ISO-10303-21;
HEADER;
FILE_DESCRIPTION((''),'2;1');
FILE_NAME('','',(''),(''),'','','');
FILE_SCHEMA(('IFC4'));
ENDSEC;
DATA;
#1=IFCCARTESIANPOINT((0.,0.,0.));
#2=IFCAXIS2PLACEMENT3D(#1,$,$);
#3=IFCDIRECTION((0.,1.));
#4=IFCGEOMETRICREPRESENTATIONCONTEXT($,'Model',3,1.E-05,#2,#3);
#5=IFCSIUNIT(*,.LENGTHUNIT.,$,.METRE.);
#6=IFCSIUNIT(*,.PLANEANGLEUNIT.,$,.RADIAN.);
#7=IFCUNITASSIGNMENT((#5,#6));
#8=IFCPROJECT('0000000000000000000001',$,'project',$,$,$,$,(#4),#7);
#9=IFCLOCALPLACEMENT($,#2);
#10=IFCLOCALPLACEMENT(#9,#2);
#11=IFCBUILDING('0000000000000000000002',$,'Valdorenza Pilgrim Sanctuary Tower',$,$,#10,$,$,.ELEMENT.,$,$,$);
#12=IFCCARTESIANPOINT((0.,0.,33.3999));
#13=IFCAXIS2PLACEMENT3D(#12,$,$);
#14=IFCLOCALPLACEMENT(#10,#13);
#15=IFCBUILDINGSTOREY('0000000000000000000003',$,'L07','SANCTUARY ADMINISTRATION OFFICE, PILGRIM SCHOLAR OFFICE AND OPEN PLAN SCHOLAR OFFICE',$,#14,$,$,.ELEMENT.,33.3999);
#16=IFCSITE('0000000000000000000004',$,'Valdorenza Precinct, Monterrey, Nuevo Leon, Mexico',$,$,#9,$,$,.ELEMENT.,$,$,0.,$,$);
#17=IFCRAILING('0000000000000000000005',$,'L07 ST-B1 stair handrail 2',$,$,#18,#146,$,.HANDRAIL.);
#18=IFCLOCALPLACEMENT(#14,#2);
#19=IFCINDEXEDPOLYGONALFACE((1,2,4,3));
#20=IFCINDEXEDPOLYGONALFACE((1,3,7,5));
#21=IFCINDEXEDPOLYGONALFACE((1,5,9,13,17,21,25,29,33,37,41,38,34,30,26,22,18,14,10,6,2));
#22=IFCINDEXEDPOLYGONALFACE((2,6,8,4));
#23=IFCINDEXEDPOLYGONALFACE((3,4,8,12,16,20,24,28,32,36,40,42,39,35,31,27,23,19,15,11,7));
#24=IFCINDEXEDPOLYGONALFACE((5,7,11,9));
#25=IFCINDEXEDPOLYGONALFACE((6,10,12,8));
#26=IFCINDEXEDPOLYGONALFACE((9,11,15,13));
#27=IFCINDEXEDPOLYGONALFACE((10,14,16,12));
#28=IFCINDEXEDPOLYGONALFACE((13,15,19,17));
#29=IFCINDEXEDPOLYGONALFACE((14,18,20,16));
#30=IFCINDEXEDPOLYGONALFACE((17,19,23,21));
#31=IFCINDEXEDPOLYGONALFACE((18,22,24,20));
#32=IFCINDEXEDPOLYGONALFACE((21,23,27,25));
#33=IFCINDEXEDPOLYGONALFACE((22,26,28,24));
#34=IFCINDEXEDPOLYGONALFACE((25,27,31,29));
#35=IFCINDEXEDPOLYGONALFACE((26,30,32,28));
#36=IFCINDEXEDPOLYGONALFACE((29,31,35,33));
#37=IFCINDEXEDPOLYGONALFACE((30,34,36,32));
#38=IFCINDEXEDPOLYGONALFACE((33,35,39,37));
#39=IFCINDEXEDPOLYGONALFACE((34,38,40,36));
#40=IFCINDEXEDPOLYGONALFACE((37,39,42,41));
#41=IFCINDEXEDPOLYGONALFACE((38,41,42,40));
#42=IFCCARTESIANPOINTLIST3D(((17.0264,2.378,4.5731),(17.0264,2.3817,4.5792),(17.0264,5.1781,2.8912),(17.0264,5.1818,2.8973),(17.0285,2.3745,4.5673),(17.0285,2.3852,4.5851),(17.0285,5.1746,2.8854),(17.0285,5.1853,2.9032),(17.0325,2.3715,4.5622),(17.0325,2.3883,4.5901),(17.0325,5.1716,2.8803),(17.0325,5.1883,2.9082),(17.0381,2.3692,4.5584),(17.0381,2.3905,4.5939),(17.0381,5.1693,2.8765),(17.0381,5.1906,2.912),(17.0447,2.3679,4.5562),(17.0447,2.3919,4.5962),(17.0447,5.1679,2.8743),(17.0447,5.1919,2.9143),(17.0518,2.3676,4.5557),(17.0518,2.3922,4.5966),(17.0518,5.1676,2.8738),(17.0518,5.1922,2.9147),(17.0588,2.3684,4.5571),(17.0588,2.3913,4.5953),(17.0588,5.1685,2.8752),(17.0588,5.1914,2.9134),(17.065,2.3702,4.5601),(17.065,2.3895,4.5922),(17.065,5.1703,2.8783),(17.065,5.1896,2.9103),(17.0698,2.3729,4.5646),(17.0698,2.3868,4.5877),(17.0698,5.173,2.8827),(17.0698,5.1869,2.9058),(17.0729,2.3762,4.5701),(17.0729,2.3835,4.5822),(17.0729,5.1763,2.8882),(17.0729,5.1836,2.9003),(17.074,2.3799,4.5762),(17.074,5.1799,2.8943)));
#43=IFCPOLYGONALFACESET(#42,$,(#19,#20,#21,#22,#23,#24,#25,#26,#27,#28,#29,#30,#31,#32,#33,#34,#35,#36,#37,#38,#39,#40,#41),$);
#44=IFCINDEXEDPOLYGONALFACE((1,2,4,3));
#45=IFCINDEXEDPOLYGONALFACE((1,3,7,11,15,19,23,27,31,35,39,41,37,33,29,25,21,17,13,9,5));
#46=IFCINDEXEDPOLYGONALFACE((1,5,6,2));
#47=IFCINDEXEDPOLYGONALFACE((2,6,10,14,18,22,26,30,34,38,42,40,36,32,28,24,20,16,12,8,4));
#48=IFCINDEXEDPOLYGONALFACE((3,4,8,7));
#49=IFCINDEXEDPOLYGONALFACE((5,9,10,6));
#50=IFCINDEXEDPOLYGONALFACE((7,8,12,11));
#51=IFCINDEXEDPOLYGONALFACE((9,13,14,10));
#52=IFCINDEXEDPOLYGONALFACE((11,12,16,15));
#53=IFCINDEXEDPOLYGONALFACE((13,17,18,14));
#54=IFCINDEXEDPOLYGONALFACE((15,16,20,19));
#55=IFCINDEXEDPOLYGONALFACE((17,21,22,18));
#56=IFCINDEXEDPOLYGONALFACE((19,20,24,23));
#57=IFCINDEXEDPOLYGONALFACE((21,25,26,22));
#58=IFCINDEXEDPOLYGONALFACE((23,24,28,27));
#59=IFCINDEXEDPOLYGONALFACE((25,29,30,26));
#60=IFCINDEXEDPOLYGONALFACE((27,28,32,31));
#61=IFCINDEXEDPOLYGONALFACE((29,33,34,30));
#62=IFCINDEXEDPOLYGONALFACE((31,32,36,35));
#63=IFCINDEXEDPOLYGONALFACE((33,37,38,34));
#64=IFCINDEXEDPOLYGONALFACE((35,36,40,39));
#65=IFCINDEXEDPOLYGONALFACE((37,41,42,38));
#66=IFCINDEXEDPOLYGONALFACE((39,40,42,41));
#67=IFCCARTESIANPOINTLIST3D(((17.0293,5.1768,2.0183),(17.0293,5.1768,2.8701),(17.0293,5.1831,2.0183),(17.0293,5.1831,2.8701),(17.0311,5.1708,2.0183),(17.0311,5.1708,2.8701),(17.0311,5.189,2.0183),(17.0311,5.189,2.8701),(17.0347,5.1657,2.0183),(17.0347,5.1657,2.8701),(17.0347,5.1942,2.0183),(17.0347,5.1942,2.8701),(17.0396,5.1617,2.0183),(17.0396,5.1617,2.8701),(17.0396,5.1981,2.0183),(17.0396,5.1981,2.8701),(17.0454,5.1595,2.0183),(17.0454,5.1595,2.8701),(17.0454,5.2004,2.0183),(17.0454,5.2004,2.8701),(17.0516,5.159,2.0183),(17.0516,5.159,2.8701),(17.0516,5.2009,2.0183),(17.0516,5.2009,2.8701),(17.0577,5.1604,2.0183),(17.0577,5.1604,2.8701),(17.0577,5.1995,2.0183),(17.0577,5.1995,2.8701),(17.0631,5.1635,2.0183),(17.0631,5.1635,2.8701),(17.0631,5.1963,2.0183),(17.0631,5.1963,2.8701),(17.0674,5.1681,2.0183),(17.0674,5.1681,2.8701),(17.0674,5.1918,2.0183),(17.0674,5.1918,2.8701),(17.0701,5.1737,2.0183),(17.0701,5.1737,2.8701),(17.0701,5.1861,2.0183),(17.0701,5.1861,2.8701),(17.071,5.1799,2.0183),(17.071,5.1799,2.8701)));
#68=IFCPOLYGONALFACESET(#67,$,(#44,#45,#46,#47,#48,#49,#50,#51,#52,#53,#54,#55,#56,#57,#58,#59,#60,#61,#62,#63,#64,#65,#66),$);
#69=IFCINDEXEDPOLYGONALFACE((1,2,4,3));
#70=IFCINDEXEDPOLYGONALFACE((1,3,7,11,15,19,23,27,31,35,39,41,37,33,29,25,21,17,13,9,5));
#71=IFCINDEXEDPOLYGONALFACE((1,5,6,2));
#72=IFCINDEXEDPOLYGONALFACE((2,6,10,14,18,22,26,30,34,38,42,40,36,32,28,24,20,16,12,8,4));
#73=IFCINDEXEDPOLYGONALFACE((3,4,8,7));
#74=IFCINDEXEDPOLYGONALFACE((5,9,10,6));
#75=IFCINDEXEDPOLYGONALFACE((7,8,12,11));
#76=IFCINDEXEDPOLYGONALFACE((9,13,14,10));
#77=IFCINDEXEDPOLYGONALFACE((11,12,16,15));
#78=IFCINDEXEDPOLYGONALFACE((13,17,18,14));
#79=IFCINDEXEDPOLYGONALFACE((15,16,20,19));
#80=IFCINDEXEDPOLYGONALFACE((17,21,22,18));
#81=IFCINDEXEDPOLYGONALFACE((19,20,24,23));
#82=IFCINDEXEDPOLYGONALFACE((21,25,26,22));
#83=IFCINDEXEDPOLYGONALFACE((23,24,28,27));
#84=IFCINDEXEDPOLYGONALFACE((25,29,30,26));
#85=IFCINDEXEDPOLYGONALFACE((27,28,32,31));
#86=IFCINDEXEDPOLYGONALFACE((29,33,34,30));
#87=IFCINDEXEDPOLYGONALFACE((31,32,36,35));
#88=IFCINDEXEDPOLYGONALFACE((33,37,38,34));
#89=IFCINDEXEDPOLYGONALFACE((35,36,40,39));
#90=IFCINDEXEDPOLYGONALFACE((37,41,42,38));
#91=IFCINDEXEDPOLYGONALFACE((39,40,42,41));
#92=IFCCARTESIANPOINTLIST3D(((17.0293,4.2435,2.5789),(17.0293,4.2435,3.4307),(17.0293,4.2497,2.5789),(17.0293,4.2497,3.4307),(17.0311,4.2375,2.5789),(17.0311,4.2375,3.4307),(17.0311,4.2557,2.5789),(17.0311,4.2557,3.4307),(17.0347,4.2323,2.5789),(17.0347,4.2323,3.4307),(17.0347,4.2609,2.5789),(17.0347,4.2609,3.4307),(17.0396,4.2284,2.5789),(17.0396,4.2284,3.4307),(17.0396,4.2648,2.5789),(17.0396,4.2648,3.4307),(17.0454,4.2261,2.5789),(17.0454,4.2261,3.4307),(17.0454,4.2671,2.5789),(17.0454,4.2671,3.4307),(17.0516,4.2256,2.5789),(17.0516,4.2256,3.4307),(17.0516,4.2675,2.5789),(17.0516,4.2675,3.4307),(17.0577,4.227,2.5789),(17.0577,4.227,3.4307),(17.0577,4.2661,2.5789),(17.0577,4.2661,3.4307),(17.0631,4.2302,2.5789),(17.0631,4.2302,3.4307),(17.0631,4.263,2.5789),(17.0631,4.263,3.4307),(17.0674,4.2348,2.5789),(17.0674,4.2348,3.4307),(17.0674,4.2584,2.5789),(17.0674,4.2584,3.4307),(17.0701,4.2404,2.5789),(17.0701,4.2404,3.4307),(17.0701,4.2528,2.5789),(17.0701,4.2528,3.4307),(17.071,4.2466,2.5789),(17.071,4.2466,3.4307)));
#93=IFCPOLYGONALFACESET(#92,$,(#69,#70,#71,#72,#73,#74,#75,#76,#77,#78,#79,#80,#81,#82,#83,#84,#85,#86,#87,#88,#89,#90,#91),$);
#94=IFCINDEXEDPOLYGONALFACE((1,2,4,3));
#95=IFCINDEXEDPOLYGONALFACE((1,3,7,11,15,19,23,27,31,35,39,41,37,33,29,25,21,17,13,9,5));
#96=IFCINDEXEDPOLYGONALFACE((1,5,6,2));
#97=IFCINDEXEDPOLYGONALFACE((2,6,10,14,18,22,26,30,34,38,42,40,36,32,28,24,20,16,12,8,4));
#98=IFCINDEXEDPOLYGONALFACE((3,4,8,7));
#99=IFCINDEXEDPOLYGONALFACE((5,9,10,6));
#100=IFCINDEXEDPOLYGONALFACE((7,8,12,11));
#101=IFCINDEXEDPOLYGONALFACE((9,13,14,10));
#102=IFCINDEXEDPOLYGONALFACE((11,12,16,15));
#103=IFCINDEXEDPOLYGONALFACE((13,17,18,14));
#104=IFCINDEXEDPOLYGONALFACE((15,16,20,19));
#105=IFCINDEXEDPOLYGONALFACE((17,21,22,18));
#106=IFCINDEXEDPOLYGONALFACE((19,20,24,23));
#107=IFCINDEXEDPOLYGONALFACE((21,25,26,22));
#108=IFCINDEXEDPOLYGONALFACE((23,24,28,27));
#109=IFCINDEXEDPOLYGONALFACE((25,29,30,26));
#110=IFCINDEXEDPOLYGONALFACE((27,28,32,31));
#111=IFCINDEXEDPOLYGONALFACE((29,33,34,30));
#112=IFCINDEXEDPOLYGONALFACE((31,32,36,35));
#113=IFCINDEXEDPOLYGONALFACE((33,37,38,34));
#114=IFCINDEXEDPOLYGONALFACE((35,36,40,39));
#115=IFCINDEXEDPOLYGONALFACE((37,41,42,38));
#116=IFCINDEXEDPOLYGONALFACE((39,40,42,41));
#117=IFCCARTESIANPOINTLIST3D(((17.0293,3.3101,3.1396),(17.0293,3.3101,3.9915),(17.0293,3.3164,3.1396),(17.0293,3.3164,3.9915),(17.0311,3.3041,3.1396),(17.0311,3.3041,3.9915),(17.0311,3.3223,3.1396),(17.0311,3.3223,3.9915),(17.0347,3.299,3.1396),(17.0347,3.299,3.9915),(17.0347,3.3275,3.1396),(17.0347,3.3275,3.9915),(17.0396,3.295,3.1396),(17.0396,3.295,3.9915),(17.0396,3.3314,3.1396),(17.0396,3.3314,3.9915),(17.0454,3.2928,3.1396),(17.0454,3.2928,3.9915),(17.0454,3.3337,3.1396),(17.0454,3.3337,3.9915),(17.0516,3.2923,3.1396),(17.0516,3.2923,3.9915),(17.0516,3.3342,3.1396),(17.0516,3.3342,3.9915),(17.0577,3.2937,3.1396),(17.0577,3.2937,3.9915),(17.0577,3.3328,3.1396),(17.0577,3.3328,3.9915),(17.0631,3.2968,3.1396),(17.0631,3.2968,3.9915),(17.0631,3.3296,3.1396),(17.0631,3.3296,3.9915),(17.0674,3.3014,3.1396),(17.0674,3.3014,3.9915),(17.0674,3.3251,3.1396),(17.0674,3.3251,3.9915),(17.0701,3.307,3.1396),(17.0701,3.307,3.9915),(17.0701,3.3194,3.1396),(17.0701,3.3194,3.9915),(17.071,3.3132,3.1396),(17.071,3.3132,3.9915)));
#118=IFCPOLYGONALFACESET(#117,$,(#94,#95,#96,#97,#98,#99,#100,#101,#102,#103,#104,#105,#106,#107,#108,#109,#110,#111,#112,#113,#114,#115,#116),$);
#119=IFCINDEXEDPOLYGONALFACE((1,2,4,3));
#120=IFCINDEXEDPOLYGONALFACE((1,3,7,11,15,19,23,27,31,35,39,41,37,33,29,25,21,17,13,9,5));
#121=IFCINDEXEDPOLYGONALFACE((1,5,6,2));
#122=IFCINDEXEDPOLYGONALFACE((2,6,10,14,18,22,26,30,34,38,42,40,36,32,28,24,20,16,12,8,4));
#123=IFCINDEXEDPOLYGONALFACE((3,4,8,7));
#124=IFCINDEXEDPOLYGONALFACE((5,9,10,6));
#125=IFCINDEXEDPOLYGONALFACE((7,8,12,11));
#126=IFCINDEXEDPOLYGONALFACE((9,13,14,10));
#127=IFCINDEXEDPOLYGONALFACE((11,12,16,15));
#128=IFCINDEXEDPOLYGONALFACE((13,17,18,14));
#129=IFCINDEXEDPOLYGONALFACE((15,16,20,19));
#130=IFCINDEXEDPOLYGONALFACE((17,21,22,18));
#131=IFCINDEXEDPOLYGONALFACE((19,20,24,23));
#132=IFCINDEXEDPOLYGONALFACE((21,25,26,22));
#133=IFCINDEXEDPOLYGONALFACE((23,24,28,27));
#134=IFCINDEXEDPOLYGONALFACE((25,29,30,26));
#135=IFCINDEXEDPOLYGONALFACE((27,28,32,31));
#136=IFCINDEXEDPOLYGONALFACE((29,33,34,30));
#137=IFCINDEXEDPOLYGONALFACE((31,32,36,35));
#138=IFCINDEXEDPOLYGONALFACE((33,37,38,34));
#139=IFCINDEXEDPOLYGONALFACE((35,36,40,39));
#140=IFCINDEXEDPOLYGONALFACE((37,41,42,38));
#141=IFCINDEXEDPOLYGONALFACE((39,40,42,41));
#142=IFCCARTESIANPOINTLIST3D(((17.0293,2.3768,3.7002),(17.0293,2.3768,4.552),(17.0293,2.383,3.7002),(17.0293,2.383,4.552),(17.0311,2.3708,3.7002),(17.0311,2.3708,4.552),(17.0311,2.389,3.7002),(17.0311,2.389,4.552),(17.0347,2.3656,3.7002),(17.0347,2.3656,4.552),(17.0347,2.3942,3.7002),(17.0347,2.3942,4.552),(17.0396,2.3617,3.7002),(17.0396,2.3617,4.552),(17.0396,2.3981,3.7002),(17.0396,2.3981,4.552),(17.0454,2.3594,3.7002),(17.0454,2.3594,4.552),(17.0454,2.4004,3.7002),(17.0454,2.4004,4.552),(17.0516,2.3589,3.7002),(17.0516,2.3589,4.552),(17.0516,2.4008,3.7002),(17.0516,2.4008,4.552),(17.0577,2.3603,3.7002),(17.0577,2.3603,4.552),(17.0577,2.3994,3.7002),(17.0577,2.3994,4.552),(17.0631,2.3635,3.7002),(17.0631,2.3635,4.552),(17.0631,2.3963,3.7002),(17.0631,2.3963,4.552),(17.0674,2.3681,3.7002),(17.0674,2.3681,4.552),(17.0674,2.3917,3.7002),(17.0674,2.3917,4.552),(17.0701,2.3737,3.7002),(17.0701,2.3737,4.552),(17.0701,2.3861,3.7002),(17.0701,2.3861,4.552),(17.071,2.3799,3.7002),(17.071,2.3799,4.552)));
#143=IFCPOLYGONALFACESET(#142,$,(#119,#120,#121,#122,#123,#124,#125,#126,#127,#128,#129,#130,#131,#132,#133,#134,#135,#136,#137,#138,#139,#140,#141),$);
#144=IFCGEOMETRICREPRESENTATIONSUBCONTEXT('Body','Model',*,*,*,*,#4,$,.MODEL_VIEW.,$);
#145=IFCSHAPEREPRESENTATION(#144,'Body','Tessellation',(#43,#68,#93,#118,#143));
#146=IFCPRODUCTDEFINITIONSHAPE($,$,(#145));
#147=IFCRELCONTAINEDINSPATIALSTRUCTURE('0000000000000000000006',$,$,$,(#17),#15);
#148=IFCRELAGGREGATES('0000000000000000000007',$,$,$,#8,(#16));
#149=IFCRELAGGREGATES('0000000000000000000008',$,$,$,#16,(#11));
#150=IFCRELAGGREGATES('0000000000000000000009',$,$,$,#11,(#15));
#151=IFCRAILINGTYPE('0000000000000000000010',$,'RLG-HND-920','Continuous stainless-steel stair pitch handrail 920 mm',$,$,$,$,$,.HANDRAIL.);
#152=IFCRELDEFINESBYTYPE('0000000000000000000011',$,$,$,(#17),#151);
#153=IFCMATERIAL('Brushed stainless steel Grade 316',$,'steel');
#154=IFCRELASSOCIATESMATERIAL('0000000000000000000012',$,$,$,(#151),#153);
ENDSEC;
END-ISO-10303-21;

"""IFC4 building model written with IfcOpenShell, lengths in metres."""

from ifc_helpers import new_model, si_unit, direction, frame, origin, origin_2d, place, context, subcontext, project, spatial, circle, extrude, material, type_object, element, save


model = new_model("IFC4")

# Units and contexts
model_context = context("Model", 3, precision=1e-05, world=origin(), true_north=direction((0.0, 1.0)))
body_context = subcontext(model_context, "Body", "Model", "MODEL_VIEW")
ifc_project = project(units=[si_unit("LENGTHUNIT", "METRE"), si_unit("PLANEANGLEUNIT", "RADIAN")], contexts=[model_context])

# Site, building, storey
site_placement = place(None, origin())
site = spatial("IfcSite", under=ifc_project, at=site_placement, Name="Valdorenza Precinct, Monterrey, Nuevo Leon, Mexico", CompositionType="ELEMENT", RefElevation=0.0)
building_placement = place(site_placement, origin())
building = spatial("IfcBuilding", under=site, at=building_placement, Name="Valdorenza Pilgrim Sanctuary Tower", CompositionType="ELEMENT")
storey_placement = place(building_placement, frame((0.0, 0.0, 33.3999)))
storey = spatial("IfcBuildingStorey", under=building, at=storey_placement, Name="L07", Description="SANCTUARY ADMINISTRATION OFFICE, PILGRIM SCHOLAR OFFICE AND OPEN PLAN SCHOLAR OFFICE", CompositionType="ELEMENT", Elevation=33.3999)

# Railing
ifc_material_1 = material(Name="Brushed stainless steel Grade 316", Category="steel")
railing_type_1 = type_object("IfcRailingType", Name="RLG-HND-920", Description="Continuous stainless-steel stair pitch handrail 920 mm", PredefinedType="HANDRAIL", material=ifc_material_1)
railing_1_placement = place(storey_placement, frame((17.05, 5.1799, 2.0183)))
element("IfcRailing", 1, at=railing_1_placement, inside=storey, type_object=railing_type_1, Name="L07 ST-B1 stair handrail 2", PredefinedType="HANDRAIL", context=body_context, shape_type="SweptSolid", body=[
    extrude(circle(Radius=0.0239, at=origin_2d()), frame((0.0, 0.0, 0.876), z_axis=(0.0, -0.857242, 0.514913), x_axis=(1.0, 0.0, 0.0)), (0.0, 0.0, 1.0), 3.2664),
    extrude(circle(Radius=0.021, at=origin_2d()), origin(), (0.0, 0.0, 1.0), 0.8518),
    extrude(circle(Radius=0.021, at=origin_2d()), frame((0.0, -0.9333, 0.5605)), (0.0, 0.0, 1.0), 0.8518),
    extrude(circle(Radius=0.021, at=origin_2d()), frame((0.0, -1.8667, 1.1213)), (0.0, 0.0, 1.0), 0.8518),
    extrude(circle(Radius=0.021, at=origin_2d()), frame((0.0, -2.8, 1.6819)), (0.0, 0.0, 1.0), 0.8518),
])

save(model, "model.ifc")
